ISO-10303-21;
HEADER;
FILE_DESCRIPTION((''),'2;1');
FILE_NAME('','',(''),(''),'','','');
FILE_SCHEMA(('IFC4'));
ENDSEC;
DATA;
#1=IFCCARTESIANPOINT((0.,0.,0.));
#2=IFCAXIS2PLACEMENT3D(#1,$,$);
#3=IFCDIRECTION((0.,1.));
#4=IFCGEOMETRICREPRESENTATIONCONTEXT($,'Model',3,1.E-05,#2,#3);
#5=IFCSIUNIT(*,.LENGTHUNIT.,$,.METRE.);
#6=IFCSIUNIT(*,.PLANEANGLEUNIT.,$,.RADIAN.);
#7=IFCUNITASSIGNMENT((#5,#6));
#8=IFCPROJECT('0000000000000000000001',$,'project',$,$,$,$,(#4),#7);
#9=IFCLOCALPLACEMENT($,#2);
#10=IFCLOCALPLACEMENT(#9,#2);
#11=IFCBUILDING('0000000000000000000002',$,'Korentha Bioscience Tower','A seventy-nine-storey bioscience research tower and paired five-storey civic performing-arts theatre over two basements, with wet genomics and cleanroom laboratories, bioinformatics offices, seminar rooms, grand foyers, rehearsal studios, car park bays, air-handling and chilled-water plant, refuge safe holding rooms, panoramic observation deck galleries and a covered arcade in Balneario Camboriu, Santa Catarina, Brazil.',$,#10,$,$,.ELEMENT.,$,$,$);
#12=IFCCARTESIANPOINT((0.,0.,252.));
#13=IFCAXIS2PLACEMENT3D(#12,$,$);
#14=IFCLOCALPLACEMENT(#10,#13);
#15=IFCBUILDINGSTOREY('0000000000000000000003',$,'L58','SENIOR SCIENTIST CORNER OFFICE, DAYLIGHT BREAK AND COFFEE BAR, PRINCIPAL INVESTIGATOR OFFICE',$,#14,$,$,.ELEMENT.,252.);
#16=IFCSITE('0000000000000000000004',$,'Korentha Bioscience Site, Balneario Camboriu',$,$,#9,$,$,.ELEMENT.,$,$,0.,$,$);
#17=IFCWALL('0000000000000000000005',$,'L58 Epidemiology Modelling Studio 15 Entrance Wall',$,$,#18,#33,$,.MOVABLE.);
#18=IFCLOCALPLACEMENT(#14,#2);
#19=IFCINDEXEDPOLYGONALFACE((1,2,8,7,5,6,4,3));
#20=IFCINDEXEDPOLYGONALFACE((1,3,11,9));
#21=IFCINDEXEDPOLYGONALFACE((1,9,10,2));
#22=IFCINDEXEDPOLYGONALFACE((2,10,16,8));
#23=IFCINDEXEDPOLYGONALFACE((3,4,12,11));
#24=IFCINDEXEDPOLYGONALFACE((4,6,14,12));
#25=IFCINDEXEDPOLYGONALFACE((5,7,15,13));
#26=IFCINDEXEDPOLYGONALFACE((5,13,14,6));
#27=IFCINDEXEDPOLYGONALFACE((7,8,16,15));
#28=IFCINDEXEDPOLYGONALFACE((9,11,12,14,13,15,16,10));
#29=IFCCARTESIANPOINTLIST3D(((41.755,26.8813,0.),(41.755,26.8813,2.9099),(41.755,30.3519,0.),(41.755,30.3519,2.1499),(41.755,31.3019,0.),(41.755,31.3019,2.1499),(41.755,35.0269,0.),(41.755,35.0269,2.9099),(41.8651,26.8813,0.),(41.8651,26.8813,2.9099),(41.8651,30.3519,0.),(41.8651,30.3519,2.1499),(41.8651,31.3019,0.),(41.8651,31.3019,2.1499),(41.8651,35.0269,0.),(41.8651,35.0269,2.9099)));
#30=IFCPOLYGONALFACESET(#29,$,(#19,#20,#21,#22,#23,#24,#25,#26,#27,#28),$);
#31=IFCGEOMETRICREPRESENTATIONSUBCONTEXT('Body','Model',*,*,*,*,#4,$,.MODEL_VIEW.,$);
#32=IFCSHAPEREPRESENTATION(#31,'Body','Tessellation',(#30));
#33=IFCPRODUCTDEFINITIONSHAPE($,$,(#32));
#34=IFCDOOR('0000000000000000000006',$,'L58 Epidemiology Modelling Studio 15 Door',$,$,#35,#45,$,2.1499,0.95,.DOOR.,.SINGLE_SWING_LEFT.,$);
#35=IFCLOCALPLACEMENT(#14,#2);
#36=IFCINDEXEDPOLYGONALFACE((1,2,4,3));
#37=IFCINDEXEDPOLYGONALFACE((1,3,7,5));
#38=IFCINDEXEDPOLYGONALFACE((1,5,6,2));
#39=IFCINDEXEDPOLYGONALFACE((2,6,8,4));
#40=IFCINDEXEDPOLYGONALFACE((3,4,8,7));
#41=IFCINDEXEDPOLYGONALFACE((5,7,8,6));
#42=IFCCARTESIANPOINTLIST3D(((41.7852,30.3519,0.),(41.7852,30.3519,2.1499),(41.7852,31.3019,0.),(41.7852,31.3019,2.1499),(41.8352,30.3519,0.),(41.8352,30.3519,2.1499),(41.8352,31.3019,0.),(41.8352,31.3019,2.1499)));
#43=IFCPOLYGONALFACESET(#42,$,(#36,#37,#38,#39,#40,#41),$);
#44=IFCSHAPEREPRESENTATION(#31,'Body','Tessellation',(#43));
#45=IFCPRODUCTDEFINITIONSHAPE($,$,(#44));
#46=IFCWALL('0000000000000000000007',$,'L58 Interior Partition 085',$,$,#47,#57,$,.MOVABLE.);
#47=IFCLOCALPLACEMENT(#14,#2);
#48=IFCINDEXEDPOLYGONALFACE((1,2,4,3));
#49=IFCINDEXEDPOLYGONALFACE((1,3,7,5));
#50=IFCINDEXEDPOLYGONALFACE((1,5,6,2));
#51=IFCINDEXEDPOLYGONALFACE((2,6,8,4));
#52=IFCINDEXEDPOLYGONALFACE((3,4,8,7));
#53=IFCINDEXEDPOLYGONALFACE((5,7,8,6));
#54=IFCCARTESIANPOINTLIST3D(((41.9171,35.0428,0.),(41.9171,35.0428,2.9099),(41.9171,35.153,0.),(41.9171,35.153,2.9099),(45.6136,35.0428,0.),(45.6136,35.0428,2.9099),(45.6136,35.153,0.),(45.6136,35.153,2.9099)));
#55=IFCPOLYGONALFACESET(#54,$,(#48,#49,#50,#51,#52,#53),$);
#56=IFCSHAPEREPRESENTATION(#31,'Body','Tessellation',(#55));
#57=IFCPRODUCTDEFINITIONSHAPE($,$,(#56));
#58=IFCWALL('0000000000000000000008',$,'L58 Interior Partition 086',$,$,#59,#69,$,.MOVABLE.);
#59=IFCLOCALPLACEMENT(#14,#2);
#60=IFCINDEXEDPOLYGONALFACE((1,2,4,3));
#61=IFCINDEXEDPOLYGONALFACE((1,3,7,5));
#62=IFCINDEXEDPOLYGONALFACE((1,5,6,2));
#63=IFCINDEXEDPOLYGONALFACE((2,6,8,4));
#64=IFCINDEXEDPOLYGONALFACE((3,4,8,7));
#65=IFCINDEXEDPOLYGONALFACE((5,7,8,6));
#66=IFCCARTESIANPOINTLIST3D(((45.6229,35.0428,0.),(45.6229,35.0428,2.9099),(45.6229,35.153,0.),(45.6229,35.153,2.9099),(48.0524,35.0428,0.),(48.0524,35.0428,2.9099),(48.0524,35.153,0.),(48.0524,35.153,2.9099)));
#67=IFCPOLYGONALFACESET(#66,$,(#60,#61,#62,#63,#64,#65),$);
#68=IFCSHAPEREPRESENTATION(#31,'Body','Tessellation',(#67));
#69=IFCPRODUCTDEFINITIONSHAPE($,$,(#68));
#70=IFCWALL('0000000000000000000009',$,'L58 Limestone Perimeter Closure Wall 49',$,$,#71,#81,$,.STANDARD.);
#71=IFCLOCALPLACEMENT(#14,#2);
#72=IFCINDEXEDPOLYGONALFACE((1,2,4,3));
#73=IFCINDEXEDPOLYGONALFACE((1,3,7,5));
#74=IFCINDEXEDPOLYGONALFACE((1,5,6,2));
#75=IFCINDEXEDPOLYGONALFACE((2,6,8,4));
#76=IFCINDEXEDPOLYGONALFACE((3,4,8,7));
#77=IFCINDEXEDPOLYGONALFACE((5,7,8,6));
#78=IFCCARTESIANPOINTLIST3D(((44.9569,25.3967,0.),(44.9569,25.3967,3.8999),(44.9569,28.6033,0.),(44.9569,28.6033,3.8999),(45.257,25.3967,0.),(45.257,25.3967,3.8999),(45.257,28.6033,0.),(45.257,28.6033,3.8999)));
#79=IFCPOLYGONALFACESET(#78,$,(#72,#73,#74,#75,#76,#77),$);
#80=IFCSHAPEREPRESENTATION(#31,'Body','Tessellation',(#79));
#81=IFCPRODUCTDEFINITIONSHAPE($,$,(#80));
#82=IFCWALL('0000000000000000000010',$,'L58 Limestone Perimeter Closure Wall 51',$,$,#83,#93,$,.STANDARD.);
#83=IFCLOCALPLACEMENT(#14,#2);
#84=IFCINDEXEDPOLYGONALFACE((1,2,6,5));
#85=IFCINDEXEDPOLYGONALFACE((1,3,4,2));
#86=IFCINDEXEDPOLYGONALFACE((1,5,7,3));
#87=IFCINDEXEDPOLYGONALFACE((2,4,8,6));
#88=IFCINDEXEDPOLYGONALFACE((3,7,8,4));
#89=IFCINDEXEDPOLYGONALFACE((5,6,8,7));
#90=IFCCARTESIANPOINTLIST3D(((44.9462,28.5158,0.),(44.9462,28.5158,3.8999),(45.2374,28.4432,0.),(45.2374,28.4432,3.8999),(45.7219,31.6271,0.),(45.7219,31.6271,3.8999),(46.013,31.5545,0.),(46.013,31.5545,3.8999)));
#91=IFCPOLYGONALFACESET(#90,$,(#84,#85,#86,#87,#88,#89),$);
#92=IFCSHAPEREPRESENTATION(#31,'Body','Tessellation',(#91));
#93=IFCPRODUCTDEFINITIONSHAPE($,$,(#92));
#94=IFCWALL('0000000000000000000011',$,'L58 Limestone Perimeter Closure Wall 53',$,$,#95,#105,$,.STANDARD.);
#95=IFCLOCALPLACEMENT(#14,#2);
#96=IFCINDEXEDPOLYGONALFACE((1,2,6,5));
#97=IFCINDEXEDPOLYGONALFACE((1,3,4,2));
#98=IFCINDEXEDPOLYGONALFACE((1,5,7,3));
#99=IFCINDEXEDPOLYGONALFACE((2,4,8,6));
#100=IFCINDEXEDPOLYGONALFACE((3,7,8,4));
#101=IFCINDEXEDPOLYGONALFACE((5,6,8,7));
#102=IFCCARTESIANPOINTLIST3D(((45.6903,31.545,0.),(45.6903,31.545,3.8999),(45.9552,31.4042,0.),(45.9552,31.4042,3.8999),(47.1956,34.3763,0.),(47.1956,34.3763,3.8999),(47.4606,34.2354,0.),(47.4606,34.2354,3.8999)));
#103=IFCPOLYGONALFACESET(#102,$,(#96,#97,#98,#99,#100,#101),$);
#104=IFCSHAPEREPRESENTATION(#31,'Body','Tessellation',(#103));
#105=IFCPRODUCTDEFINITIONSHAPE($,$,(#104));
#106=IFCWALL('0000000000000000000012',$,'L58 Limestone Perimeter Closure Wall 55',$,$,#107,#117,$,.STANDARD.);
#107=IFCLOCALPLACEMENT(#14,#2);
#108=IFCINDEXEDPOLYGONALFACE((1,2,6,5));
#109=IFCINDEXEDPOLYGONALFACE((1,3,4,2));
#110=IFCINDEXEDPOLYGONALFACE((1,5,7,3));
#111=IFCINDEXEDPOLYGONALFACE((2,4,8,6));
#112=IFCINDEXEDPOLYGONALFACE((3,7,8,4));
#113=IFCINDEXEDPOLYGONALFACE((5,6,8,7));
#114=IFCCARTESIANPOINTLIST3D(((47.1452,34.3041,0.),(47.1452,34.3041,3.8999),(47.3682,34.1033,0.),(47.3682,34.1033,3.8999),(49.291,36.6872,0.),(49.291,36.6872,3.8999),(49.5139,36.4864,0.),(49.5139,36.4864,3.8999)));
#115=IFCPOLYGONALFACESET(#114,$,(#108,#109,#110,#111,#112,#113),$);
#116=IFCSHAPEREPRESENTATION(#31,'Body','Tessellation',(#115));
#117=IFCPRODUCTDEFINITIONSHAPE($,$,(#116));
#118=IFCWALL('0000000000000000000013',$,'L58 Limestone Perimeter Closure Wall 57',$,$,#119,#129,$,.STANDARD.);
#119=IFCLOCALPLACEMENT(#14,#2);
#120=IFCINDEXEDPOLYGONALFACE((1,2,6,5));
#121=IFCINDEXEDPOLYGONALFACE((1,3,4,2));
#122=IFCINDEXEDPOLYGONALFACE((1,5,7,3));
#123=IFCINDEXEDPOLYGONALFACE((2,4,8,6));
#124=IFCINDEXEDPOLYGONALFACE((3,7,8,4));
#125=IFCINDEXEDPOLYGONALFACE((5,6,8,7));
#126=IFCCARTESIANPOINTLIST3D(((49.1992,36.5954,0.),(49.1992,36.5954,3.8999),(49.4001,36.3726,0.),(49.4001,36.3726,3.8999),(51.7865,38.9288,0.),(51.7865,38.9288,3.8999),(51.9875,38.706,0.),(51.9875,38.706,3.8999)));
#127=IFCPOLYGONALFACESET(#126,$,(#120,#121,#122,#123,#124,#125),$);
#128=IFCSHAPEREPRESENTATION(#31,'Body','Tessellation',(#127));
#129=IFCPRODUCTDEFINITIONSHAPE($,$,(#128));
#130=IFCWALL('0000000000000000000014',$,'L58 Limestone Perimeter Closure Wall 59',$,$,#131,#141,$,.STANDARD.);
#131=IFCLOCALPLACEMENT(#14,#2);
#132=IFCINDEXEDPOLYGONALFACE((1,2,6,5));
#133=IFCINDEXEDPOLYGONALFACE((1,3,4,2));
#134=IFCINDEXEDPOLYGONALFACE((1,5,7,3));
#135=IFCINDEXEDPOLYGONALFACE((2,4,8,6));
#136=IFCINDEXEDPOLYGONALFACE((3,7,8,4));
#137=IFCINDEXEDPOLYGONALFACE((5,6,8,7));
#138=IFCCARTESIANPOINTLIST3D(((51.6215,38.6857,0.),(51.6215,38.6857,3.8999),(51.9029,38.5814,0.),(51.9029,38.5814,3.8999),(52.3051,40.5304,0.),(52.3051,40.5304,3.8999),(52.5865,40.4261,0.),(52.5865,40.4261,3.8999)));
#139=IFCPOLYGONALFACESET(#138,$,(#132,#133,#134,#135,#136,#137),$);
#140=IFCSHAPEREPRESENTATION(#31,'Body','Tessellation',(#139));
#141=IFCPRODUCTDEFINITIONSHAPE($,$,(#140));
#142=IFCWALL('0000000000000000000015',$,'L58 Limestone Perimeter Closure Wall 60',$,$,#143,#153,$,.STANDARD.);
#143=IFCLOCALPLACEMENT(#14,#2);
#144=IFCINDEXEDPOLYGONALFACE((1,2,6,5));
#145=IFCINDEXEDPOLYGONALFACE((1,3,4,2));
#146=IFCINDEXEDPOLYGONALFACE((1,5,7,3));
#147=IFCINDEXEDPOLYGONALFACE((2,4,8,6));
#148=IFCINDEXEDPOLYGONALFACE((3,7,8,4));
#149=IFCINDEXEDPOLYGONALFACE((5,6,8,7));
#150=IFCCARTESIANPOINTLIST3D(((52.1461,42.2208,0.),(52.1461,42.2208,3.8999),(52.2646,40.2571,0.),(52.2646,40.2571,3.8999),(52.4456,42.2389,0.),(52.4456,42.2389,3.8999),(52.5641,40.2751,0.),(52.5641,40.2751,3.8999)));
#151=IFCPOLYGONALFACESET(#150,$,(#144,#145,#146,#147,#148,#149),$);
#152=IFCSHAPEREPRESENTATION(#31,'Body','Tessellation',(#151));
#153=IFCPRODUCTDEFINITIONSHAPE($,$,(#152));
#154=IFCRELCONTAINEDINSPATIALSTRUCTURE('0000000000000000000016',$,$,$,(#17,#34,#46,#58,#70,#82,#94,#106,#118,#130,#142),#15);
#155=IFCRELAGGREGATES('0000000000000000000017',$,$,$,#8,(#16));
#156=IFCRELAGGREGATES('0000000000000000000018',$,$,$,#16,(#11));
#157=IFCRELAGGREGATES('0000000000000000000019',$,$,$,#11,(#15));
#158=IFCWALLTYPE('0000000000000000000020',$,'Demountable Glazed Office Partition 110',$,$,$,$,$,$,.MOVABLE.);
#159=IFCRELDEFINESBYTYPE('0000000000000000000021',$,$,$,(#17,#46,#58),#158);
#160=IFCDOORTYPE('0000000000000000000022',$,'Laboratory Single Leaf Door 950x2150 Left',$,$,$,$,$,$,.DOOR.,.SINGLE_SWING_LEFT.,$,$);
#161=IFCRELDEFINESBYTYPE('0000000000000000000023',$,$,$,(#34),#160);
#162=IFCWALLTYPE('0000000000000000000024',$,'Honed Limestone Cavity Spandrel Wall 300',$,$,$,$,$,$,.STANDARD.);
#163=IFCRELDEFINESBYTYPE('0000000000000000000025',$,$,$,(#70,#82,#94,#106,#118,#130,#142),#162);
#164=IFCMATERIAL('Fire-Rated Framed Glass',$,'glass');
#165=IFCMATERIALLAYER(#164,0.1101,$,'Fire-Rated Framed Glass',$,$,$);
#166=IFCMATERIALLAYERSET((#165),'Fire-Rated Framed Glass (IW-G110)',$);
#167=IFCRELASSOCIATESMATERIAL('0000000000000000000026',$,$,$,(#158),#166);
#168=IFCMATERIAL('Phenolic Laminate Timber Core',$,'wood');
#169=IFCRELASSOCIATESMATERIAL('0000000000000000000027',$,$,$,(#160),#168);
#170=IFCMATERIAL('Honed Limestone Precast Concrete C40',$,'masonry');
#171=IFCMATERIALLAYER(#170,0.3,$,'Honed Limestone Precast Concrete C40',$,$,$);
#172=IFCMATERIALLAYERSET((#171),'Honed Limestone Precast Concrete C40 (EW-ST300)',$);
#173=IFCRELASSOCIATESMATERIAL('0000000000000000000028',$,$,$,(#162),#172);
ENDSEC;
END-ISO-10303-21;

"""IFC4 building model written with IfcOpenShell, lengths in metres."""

from ifc_helpers import new_model, si_unit, direction, frame, frame_2d, origin, place, context, subcontext, project, spatial, rectangle, extrude, material, layer, layer_set, type_object, element, fill, save


model = new_model("IFC4")

# Units and contexts
model_context = context("Model", 3, precision=1e-05, world=origin(), true_north=direction((0.0, 1.0)))
body_context = subcontext(model_context, "Body", "Model", "MODEL_VIEW")
ifc_project = project(units=[si_unit("LENGTHUNIT", "METRE"), si_unit("PLANEANGLEUNIT", "RADIAN")], contexts=[model_context])

# Site, building, storey
site_placement = place(None, origin())
site = spatial("IfcSite", under=ifc_project, at=site_placement, Name="Korentha Bioscience Site, Balneario Camboriu", CompositionType="ELEMENT", RefElevation=0.0)
building_placement = place(site_placement, origin())
building = spatial("IfcBuilding", under=site, at=building_placement, Name="Korentha Bioscience Tower", Description="A seventy-nine-storey bioscience research tower and paired five-storey civic performing-arts theatre over two basements, with wet genomics and cleanroom laboratories, bioinformatics offices, seminar rooms, grand foyers, rehearsal studios, car park bays, air-handling and chilled-water plant, refuge safe holding rooms, panoramic observation deck galleries and a covered arcade in Balneario Camboriu, Santa Catarina, Brazil.", CompositionType="ELEMENT")
storey_placement = place(building_placement, frame((0.0, 0.0, 252.0)))
storey = spatial("IfcBuildingStorey", under=building, at=storey_placement, Name="L58", Description="SENIOR SCIENTIST CORNER OFFICE, DAYLIGHT BREAK AND COFFEE BAR, PRINCIPAL INVESTIGATOR OFFICE", CompositionType="ELEMENT", Elevation=252.0)

# Shared definitions
ifc_material_1 = material(Name="Phenolic Laminate Timber Core", Category="wood")

# Wall, opening, door
ifc_material_2 = material(Name="Fire-Rated Framed Glass", Category="glass")
ifc_layer_1 = layer(ifc_material_2, 0.1101, Name="Fire-Rated Framed Glass")
ifc_layer_set_1 = layer_set([ifc_layer_1], Name="Fire-Rated Framed Glass (IW-G110)")
wall_type_1 = type_object("IfcWallType", Name="Demountable Glazed Office Partition 110", PredefinedType="MOVABLE", material=ifc_layer_set_1)
wall_1_placement = place(storey_placement, frame((41.8101, 26.8813, 0.0), z_axis=(0.0, 0.0, 1.0), x_axis=(0.0, 1.0, 0.0)))
wall_1 = element("IfcWall", 1, at=wall_1_placement, inside=storey, type_object=wall_type_1, Name="L58 Epidemiology Modelling Studio 15 Entrance Wall", PredefinedType="MOVABLE", context=body_context, shape_type="SweptSolid", body=[
    extrude(rectangle(XDim=8.1455, YDim=0.1101, at=frame_2d((4.0728, 0.0))), origin(), (0.0, 0.0, 1.0), 2.9099),
])
opening_1_placement = place(wall_1_placement, frame((3.4705, 0.0, 0.0)))
opening_1 = element("IfcOpeningElement", 2, at=opening_1_placement, cuts=wall_1, PredefinedType="OPENING", context=body_context, shape_type="SweptSolid", body=[
    extrude(rectangle(XDim=0.95, YDim=2.1499, at=frame_2d((0.4751, 1.075))), frame((0.0, 0.0698, 0.0), z_axis=(0.0, -1.0, 0.0), x_axis=(1.0, 0.0, 0.0)), (0.0, 0.0, 1.0), 0.1399),
])
door_type_1 = type_object("IfcDoorType", Name="Laboratory Single Leaf Door 950x2150 Left", OperationType="SINGLE_SWING_LEFT", PredefinedType="DOOR", material=ifc_material_1)
door_1_placement = place(opening_1_placement, origin())
door_1 = element("IfcDoor", 3, at=door_1_placement, inside=storey, type_object=door_type_1, Name="L58 Epidemiology Modelling Studio 15 Door", OperationType="SINGLE_SWING_LEFT", OverallHeight=2.1499, OverallWidth=0.95, PredefinedType="DOOR", context=body_context, shape_type="SweptSolid", body=[
    extrude(rectangle(XDim=0.95, YDim=2.1499, at=frame_2d((0.4751, 1.075))), frame((0.0, 0.0249, 0.0), z_axis=(0.0, -1.0, 0.0), x_axis=(1.0, 0.0, 0.0)), (0.0, 0.0, 1.0), 0.05),
])
fill(opening_1, door_1)

# Walls
wall_2_placement = place(storey_placement, frame((41.9172, 35.0979, 0.0), z_axis=(0.0, 0.0, 1.0), x_axis=(1.0, 0.0, 0.0)))
element("IfcWall", 4, at=wall_2_placement, inside=storey, type_object=wall_type_1, Name="L58 Interior Partition 085", PredefinedType="MOVABLE", context=body_context, shape_type="SweptSolid", body=[
    extrude(rectangle(XDim=3.6965, YDim=0.1101, at=frame_2d((1.8481, 0.0))), origin(), (0.0, 0.0, 1.0), 2.9099),
])
wall_3_placement = place(storey_placement, frame((45.6228, 35.0979, 0.0), z_axis=(0.0, 0.0, 1.0), x_axis=(1.0, 0.0, 0.0)))
element("IfcWall", 5, at=wall_3_placement, inside=storey, type_object=wall_type_1, Name="L58 Interior Partition 086", PredefinedType="MOVABLE", context=body_context, shape_type="SweptSolid", body=[
    extrude(rectangle(XDim=2.4294, YDim=0.1101, at=frame_2d((1.2148, 0.0))), origin(), (0.0, 0.0, 1.0), 2.9099),
])
ifc_material_3 = material(Name="Honed Limestone Precast Concrete C40", Category="masonry")
ifc_layer_2 = layer(ifc_material_3, 0.3, Name="Honed Limestone Precast Concrete C40")
ifc_layer_set_2 = layer_set([ifc_layer_2], Name="Honed Limestone Precast Concrete C40 (EW-ST300)")
wall_type_2 = type_object("IfcWallType", Name="Honed Limestone Cavity Spandrel Wall 300", PredefinedType="STANDARD", material=ifc_layer_set_2)
for number, where, z_axis, x_axis, name in (
    (6, (45.1069, 25.3967, 0.0), (0.0, 0.0, 1.0), (0.0, 1.0, 0.0), "L58 Limestone Perimeter Closure Wall 49"),
    (7, (45.0918, 28.4795, 0.0), (0.0, 0.0, 1.0), (0.241891, 0.970304, 0.0), "L58 Limestone Perimeter Closure Wall 51"),
    (8, (45.8228, 31.4746, 0.0), (0.0, 0.0, 1.0), (0.469458, 0.882955, 0.0), "L58 Limestone Perimeter Closure Wall 53"),
):
    element("IfcWall", number, at=place(storey_placement, frame(where, z_axis=z_axis, x_axis=x_axis)), inside=storey, type_object=wall_type_2, Name=name, PredefinedType="STANDARD", context=body_context, shape_type="SweptSolid", body=[
        extrude(rectangle(XDim=3.2065, YDim=0.3, at=frame_2d((1.6033, 0.0))), origin(), (0.0, 0.0, 1.0), 3.8999),
    ])
wall_4_placement = place(storey_placement, frame((47.2566, 34.2036, 0.0), z_axis=(0.0, 0.0, 1.0), x_axis=(0.669137, 0.743139, 0.0)))
element("IfcWall", 9, at=wall_4_placement, inside=storey, type_object=wall_type_2, Name="L58 Limestone Perimeter Closure Wall 55", PredefinedType="STANDARD", context=body_context, shape_type="SweptSolid", body=[
    extrude(rectangle(XDim=3.2068, YDim=0.3, at=frame_2d((1.6035, 0.0))), origin(), (0.0, 0.0, 1.0), 3.8999),
])
wall_5_placement = place(storey_placement, frame((49.2996, 36.4839, 0.0), z_axis=(0.0, 0.0, 1.0), x_axis=(0.742604, 0.669731, 0.0)))
element("IfcWall", 10, at=wall_5_placement, inside=storey, type_object=wall_type_2, Name="L58 Limestone Perimeter Closure Wall 57", PredefinedType="STANDARD", context=body_context, shape_type="SweptSolid", body=[
    extrude(rectangle(XDim=3.4841, YDim=0.3, at=frame_2d((1.7422, 0.0))), origin(), (0.0, 0.0, 1.0), 3.8999),
])
for number, where, z_axis, x_axis, name in (
    (11, (51.7622, 38.6335, 0.0), (0.0, 0.0, 1.0), (0.347476, 0.937689, 0.0), "L58 Limestone Perimeter Closure Wall 59"),
    (12, (52.4143, 40.2661, 0.0), (0.0, 0.0, 1.0), (-0.060192, 0.998187, 0.0), "L58 Limestone Perimeter Closure Wall 60"),
):
    element("IfcWall", number, at=place(storey_placement, frame(where, z_axis=z_axis, x_axis=x_axis)), inside=storey, type_object=wall_type_2, Name=name, PredefinedType="STANDARD", context=body_context, shape_type="SweptSolid", body=[
        extrude(rectangle(XDim=1.9673, YDim=0.3, at=frame_2d((0.9836, 0.0))), origin(), (0.0, 0.0, 1.0), 3.8999),
    ])

save(model, "model.ifc")
